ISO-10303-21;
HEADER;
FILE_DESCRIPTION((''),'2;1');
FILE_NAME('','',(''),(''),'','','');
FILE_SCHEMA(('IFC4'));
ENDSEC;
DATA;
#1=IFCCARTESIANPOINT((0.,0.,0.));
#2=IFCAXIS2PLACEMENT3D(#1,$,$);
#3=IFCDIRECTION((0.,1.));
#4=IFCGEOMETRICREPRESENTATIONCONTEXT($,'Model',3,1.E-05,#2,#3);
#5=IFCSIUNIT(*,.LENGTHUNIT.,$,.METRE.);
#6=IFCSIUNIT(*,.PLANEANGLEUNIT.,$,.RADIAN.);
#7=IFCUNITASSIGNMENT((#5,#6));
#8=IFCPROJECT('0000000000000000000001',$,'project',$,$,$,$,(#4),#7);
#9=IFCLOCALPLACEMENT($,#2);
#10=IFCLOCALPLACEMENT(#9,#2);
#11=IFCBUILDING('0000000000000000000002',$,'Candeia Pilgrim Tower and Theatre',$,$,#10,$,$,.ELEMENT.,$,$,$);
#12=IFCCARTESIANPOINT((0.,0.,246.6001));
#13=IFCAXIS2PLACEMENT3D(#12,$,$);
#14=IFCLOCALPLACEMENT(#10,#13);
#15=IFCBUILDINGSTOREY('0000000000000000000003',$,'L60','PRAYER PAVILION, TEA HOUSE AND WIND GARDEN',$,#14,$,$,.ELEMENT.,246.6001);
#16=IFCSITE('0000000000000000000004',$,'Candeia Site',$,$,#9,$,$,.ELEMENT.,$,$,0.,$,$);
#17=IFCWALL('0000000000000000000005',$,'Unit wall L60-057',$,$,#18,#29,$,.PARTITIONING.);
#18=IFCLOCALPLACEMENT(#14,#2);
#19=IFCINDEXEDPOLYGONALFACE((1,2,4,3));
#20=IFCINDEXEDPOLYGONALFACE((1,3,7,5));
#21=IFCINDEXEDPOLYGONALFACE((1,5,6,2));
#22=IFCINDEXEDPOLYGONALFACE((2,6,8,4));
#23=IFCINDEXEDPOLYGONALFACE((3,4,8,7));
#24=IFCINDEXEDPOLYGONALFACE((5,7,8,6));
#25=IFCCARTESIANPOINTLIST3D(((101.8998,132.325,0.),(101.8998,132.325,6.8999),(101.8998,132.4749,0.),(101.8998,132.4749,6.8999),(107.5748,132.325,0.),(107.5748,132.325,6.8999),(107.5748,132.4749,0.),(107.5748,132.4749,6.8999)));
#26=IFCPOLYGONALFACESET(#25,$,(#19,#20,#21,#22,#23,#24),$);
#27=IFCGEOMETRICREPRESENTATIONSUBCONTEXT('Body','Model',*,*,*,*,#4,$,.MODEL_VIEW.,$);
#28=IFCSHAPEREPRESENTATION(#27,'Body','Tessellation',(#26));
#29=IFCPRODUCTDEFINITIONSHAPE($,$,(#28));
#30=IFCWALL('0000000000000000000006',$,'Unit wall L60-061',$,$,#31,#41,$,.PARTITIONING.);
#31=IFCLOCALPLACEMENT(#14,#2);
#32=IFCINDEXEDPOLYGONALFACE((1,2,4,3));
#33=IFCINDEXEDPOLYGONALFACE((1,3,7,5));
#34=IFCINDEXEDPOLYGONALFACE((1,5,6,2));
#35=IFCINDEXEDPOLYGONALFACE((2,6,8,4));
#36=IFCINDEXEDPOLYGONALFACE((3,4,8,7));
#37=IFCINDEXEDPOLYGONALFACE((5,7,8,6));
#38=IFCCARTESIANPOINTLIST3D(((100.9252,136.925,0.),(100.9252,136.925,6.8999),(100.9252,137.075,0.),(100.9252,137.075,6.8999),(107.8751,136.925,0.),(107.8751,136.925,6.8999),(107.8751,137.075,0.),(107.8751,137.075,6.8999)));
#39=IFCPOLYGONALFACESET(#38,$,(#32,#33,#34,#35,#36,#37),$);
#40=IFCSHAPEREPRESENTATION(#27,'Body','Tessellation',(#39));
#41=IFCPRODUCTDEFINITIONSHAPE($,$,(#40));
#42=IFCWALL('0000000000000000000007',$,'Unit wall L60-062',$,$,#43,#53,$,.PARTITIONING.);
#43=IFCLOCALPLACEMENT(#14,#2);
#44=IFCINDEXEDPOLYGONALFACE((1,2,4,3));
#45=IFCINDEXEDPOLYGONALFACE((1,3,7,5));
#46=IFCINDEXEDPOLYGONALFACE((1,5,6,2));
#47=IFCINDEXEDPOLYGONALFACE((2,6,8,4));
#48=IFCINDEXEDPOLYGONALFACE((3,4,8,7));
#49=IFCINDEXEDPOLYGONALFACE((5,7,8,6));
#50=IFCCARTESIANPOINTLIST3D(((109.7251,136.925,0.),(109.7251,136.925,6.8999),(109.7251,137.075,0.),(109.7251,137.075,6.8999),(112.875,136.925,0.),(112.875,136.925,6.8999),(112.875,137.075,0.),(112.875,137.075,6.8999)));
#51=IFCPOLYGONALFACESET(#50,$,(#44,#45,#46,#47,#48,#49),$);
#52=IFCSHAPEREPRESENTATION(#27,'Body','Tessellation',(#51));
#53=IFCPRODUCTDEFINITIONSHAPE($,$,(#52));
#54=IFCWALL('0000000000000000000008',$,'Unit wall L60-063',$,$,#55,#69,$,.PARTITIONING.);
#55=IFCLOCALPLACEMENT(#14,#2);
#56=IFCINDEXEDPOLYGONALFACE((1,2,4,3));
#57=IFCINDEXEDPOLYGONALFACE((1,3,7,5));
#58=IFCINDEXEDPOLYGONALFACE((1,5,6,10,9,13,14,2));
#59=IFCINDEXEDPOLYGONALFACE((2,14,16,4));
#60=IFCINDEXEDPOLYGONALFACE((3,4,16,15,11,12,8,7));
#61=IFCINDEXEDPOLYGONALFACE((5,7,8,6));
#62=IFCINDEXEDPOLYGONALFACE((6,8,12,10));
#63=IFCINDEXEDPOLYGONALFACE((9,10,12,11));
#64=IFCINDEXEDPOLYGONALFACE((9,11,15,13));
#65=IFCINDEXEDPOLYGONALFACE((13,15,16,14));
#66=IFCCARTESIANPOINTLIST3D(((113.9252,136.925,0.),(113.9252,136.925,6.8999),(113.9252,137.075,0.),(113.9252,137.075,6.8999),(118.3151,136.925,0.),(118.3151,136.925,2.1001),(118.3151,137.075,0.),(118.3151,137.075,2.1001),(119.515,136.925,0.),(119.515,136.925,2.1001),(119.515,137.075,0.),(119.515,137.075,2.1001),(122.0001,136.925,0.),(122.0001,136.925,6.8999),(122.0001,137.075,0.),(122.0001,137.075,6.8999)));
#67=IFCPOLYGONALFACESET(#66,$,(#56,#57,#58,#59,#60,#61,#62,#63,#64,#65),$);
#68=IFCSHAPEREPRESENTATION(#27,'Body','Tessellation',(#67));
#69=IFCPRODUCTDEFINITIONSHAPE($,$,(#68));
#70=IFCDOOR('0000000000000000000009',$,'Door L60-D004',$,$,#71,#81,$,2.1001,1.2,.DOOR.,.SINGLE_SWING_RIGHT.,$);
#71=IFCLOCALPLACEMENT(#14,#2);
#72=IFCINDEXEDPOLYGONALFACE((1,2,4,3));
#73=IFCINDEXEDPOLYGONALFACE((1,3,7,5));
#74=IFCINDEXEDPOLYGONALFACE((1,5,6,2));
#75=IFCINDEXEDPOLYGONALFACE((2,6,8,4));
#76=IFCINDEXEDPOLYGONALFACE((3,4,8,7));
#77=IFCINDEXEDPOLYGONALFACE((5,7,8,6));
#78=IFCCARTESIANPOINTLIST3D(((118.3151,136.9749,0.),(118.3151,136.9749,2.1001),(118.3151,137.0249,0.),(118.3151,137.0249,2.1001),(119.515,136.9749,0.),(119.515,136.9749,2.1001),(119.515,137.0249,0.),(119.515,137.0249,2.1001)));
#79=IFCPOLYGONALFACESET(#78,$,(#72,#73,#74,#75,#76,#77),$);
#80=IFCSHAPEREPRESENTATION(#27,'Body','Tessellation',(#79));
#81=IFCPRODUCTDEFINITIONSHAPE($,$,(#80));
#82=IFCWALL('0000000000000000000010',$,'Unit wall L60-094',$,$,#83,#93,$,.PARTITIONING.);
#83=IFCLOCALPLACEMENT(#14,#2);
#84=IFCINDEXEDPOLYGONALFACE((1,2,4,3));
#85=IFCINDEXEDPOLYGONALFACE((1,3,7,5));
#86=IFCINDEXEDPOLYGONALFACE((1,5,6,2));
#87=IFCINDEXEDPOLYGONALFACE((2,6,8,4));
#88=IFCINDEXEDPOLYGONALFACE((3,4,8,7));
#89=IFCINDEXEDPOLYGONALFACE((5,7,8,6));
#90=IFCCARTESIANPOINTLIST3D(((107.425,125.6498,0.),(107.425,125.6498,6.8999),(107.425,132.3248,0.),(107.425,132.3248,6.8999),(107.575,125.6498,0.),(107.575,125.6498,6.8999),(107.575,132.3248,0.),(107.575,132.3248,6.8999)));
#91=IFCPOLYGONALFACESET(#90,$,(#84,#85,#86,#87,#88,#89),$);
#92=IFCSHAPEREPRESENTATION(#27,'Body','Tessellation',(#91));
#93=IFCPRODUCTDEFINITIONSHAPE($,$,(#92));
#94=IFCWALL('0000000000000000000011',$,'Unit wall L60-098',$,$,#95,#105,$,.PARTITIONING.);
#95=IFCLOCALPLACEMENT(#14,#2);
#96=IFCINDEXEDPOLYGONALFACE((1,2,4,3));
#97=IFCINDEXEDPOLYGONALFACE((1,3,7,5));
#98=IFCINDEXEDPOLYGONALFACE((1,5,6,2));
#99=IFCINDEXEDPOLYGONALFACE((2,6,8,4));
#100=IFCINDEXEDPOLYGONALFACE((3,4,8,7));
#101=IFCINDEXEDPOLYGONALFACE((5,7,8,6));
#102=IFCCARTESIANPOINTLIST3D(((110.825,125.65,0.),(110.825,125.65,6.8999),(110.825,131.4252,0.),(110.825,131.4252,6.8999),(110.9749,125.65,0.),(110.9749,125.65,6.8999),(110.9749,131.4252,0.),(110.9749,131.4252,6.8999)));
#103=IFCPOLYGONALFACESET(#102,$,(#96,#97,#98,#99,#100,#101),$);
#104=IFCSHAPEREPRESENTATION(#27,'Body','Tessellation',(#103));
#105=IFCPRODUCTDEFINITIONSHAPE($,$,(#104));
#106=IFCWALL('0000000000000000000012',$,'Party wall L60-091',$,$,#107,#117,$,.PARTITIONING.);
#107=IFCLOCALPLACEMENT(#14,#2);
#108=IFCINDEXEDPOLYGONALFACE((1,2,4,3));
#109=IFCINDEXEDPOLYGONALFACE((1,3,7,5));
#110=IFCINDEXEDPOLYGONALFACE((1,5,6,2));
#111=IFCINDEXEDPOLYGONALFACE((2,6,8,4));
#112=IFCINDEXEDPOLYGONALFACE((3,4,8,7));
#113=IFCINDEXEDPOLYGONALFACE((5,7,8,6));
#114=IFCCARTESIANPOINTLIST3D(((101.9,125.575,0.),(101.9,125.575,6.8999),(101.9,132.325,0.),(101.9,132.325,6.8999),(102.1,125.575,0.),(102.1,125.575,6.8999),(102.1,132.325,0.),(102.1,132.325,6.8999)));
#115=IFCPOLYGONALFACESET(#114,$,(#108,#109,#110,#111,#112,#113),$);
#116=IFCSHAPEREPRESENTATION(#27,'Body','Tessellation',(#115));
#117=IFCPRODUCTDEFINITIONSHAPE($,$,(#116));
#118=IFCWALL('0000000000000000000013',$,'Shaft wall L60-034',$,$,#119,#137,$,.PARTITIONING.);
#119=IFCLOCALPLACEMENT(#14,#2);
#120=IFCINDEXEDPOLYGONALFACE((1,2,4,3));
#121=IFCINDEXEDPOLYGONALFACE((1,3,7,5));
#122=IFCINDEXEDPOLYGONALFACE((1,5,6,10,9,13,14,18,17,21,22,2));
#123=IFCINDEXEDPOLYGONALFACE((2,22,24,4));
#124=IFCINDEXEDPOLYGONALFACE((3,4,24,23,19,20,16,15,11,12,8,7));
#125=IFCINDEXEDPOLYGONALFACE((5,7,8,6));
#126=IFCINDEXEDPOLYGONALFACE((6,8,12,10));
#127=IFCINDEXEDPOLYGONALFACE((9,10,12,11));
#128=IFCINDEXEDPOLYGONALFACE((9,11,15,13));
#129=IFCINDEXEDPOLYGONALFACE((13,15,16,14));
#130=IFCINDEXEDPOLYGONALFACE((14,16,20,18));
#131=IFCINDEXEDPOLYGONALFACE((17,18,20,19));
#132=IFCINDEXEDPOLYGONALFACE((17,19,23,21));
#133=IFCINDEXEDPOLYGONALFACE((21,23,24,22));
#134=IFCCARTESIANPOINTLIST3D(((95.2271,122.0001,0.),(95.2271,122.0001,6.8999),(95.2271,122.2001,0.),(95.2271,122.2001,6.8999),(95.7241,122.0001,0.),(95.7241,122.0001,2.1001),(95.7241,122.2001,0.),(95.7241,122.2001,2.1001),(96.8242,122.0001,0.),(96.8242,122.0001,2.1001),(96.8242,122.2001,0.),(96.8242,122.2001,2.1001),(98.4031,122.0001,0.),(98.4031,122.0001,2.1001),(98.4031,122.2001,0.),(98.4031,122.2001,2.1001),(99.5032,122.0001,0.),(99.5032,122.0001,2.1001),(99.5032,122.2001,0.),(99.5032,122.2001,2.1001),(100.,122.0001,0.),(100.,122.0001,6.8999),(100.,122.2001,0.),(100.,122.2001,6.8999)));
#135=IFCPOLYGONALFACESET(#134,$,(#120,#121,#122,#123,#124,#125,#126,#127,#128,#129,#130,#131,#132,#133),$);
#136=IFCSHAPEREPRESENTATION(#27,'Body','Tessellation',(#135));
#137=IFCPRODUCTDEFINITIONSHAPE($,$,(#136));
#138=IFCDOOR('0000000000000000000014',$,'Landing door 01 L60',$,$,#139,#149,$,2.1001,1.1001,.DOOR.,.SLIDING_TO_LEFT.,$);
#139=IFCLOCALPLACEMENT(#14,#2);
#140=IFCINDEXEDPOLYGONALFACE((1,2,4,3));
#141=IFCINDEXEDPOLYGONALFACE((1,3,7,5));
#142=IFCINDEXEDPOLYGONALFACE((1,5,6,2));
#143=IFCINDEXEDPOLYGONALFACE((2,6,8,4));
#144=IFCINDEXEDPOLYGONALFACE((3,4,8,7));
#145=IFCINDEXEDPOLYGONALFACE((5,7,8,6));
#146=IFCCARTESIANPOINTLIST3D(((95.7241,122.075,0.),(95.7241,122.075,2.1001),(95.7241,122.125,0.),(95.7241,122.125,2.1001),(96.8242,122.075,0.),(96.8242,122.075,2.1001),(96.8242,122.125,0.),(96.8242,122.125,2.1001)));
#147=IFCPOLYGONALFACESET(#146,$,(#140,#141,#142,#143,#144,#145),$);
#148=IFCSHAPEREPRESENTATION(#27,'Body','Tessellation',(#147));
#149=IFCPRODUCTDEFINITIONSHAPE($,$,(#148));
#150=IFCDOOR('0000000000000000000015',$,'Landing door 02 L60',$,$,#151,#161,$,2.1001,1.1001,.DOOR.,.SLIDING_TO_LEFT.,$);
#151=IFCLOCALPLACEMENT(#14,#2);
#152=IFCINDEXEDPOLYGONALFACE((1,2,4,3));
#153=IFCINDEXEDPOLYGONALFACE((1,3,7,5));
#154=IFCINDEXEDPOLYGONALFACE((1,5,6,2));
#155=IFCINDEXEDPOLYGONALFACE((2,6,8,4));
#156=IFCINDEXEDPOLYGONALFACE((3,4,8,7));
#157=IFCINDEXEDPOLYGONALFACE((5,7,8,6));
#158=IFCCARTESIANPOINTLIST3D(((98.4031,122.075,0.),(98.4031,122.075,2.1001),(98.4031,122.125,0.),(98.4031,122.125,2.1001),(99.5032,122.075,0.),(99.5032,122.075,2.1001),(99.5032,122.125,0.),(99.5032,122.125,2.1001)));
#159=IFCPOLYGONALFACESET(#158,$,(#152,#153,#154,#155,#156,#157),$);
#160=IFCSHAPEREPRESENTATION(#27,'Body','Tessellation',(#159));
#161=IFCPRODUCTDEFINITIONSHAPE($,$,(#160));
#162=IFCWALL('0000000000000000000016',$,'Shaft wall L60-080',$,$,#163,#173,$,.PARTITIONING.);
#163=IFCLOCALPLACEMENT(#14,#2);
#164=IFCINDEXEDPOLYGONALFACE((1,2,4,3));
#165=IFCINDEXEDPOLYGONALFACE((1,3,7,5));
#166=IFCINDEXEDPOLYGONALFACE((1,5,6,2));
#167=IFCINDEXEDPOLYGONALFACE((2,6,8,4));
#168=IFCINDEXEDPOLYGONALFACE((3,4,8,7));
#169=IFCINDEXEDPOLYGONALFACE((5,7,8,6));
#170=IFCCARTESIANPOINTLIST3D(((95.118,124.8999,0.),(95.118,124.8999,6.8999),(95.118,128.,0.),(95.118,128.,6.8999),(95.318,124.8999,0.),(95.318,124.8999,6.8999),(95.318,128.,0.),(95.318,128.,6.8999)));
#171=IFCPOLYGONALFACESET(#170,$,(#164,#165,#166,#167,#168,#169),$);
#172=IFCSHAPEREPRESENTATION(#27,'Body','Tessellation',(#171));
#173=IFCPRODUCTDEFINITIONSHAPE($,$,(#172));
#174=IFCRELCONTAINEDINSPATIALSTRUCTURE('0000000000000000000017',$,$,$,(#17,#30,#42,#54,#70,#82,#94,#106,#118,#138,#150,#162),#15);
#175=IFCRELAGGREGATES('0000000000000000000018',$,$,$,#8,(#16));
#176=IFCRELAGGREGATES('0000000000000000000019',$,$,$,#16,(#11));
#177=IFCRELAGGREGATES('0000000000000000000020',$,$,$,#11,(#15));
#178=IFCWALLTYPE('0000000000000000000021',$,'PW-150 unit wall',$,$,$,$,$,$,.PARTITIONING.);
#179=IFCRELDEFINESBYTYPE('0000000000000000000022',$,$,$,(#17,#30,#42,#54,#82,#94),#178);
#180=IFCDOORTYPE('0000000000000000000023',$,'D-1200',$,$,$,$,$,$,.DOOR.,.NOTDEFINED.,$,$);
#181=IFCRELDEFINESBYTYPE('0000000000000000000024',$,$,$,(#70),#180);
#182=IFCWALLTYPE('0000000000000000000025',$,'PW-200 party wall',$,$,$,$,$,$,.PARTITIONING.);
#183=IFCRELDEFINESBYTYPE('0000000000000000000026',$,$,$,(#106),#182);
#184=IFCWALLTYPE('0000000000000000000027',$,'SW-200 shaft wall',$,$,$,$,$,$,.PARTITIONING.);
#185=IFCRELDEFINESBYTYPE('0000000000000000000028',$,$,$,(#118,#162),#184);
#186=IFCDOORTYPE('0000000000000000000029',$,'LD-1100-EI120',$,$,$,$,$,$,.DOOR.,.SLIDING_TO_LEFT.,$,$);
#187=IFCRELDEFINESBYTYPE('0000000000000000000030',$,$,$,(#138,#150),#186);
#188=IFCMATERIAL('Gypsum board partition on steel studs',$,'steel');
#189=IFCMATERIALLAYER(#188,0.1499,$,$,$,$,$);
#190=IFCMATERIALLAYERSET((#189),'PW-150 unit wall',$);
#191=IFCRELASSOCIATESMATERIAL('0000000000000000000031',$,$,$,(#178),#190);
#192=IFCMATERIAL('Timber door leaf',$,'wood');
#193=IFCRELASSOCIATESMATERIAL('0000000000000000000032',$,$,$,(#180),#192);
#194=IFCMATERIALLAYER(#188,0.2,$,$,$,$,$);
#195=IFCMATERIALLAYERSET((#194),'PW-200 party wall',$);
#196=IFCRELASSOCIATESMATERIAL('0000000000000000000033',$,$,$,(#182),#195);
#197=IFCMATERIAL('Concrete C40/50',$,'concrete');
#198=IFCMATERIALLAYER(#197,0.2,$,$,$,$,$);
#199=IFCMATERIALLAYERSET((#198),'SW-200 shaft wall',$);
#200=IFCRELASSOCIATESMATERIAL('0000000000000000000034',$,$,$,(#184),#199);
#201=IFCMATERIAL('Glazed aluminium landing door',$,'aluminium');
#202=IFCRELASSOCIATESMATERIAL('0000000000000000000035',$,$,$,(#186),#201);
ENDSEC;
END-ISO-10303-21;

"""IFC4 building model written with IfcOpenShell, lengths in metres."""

from ifc_helpers import new_model, si_unit, direction, frame, frame_2d, origin, place, context, subcontext, project, spatial, rectangle, extrude, material, layer, layer_set, type_object, element, fill, save


model = new_model("IFC4")

# Units and contexts
model_context = context("Model", 3, precision=1e-05, world=origin(), true_north=direction((0.0, 1.0)))
body_context = subcontext(model_context, "Body", "Model", "MODEL_VIEW")
ifc_project = project(units=[si_unit("LENGTHUNIT", "METRE"), si_unit("PLANEANGLEUNIT", "RADIAN")], contexts=[model_context])

# Site, building, storey
site_placement = place(None, origin())
site = spatial("IfcSite", under=ifc_project, at=site_placement, Name="Candeia Site", CompositionType="ELEMENT", RefElevation=0.0)
building_placement = place(site_placement, origin())
building = spatial("IfcBuilding", under=site, at=building_placement, Name="Candeia Pilgrim Tower and Theatre", CompositionType="ELEMENT")
storey_placement = place(building_placement, frame((0.0, 0.0, 246.6001)))
storey = spatial("IfcBuildingStorey", under=building, at=storey_placement, Name="L60", Description="PRAYER PAVILION, TEA HOUSE AND WIND GARDEN", CompositionType="ELEMENT", Elevation=246.6001)

# Shared definitions
ifc_material_1 = material(Name="Gypsum board partition on steel studs", Category="steel")
ifc_layer_1 = layer(ifc_material_1, 0.1499)
ifc_layer_set_1 = layer_set([ifc_layer_1], Name="PW-150 unit wall")
wall_type_1 = type_object("IfcWallType", Name="PW-150 unit wall", PredefinedType="PARTITIONING", material=ifc_layer_set_1)
ifc_material_2 = material(Name="Timber door leaf", Category="wood")

# Walls
wall_1_placement = place(storey_placement, frame((101.8999, 132.3999, 0.0), z_axis=(0.0, 0.0, 1.0), x_axis=(1.0, 0.0, 0.0)))
element("IfcWall", 1, at=wall_1_placement, inside=storey, type_object=wall_type_1, Name="Unit wall L60-057", PredefinedType="PARTITIONING", context=body_context, shape_type="SweptSolid", body=[
    extrude(rectangle(XDim=5.675, YDim=0.1499, at=frame_2d((2.8374, 0.0))), origin(), (0.0, 0.0, 1.0), 6.8999),
])
wall_2_placement = place(storey_placement, frame((100.925, 137.0, 0.0), z_axis=(0.0, 0.0, 1.0), x_axis=(1.0, 0.0, 0.0)))
element("IfcWall", 2, at=wall_2_placement, inside=storey, type_object=wall_type_1, Name="Unit wall L60-061", PredefinedType="PARTITIONING", context=body_context, shape_type="SweptSolid", body=[
    extrude(rectangle(XDim=6.95, YDim=0.1499, at=frame_2d((3.4751, 0.0))), origin(), (0.0, 0.0, 1.0), 6.8999),
])
wall_3_placement = place(storey_placement, frame((109.7251, 137.0, 0.0), z_axis=(0.0, 0.0, 1.0), x_axis=(1.0, 0.0, 0.0)))
element("IfcWall", 3, at=wall_3_placement, inside=storey, type_object=wall_type_1, Name="Unit wall L60-062", PredefinedType="PARTITIONING", context=body_context, shape_type="SweptSolid", body=[
    extrude(rectangle(XDim=3.1499, YDim=0.1499, at=frame_2d((1.575, 0.0))), origin(), (0.0, 0.0, 1.0), 6.8999),
])

# Wall, opening, door
wall_4_placement = place(storey_placement, frame((113.925, 137.0, 0.0), z_axis=(0.0, 0.0, 1.0), x_axis=(1.0, 0.0, 0.0)))
wall_4 = element("IfcWall", 4, at=wall_4_placement, inside=storey, type_object=wall_type_1, Name="Unit wall L60-063", PredefinedType="PARTITIONING", context=body_context, shape_type="SweptSolid", body=[
    extrude(rectangle(XDim=8.075, YDim=0.1499, at=frame_2d((4.0376, 0.0))), origin(), (0.0, 0.0, 1.0), 6.8999),
])
opening_1_placement = place(wall_4_placement, frame((4.3899, 0.0, 0.0)))
opening_1 = element("IfcOpeningElement", 5, at=opening_1_placement, cuts=wall_4, PredefinedType="OPENING", context=body_context, shape_type="SweptSolid", body=[
    extrude(rectangle(XDim=1.2, YDim=2.1001, at=frame_2d((0.6001, 1.05))), frame((0.0, 0.085, 0.0), z_axis=(0.0, -1.0, 0.0), x_axis=(1.0, 0.0, 0.0)), (0.0, 0.0, 1.0), 0.1699),
])
door_type_1 = type_object("IfcDoorType", Name="D-1200", OperationType="NOTDEFINED", PredefinedType="DOOR", material=ifc_material_2)
door_1_placement = place(opening_1_placement, origin())
door_1 = element("IfcDoor", 6, at=door_1_placement, inside=storey, type_object=door_type_1, Name="Door L60-D004", OperationType="SINGLE_SWING_RIGHT", OverallHeight=2.1001, OverallWidth=1.2, PredefinedType="DOOR", context=body_context, shape_type="SweptSolid", body=[
    extrude(rectangle(XDim=1.2, YDim=2.1001, at=frame_2d((0.6001, 1.05))), frame((0.0, 0.0249, 0.0), z_axis=(0.0, -1.0, 0.0), x_axis=(1.0, 0.0, 0.0)), (0.0, 0.0, 1.0), 0.05),
])
fill(opening_1, door_1)

# Walls
wall_5_placement = place(storey_placement, frame((107.5, 125.6499, 0.0), z_axis=(0.0, 0.0, 1.0), x_axis=(0.0, 1.0, 0.0)))
element("IfcWall", 7, at=wall_5_placement, inside=storey, type_object=wall_type_1, Name="Unit wall L60-094", PredefinedType="PARTITIONING", context=body_context, shape_type="SweptSolid", body=[
    extrude(rectangle(XDim=6.675, YDim=0.1499, at=frame_2d((3.3374, 0.0))), origin(), (0.0, 0.0, 1.0), 6.8999),
])
wall_6_placement = place(storey_placement, frame((110.8999, 125.6499, 0.0), z_axis=(0.0, 0.0, 1.0), x_axis=(0.0, 1.0, 0.0)))
element("IfcWall", 8, at=wall_6_placement, inside=storey, type_object=wall_type_1, Name="Unit wall L60-098", PredefinedType="PARTITIONING", context=body_context, shape_type="SweptSolid", body=[
    extrude(rectangle(XDim=5.7751, YDim=0.1499, at=frame_2d((2.8877, 0.0))), origin(), (0.0, 0.0, 1.0), 6.8999),
])
ifc_layer_2 = layer(ifc_material_1, 0.2)
ifc_layer_set_2 = layer_set([ifc_layer_2], Name="PW-200 party wall")
wall_type_2 = type_object("IfcWallType", Name="PW-200 party wall", PredefinedType="PARTITIONING", material=ifc_layer_set_2)
wall_7_placement = place(storey_placement, frame((102.0, 125.575, 0.0), z_axis=(0.0, 0.0, 1.0), x_axis=(0.0, 1.0, 0.0)))
element("IfcWall", 9, at=wall_7_placement, inside=storey, type_object=wall_type_2, Name="Party wall L60-091", PredefinedType="PARTITIONING", context=body_context, shape_type="SweptSolid", body=[
    extrude(rectangle(XDim=6.75, YDim=0.2, at=frame_2d((3.375, 0.0))), origin(), (0.0, 0.0, 1.0), 6.8999),
])

# Wall, openings, doors
ifc_material_3 = material(Name="Concrete C40/50", Category="concrete")
ifc_layer_3 = layer(ifc_material_3, 0.2)
ifc_layer_set_3 = layer_set([ifc_layer_3], Name="SW-200 shaft wall")
wall_type_3 = type_object("IfcWallType", Name="SW-200 shaft wall", PredefinedType="PARTITIONING", material=ifc_layer_set_3)
wall_8_placement = place(storey_placement, frame((95.2271, 122.1001, 0.0), z_axis=(0.0, 0.0, 1.0), x_axis=(1.0, 0.0, 0.0)))
wall_8 = element("IfcWall", 10, at=wall_8_placement, inside=storey, type_object=wall_type_3, Name="Shaft wall L60-034", PredefinedType="PARTITIONING", context=body_context, shape_type="SweptSolid", body=[
    extrude(rectangle(XDim=4.7729, YDim=0.2, at=frame_2d((2.3865, 0.0))), origin(), (0.0, 0.0, 1.0), 6.8999),
])
opening_2_placement = place(wall_8_placement, frame((0.4971, 0.0, 0.0)))
opening_2 = element("IfcOpeningElement", 11, at=opening_2_placement, cuts=wall_8, PredefinedType="OPENING", context=body_context, shape_type="SweptSolid", body=[
    extrude(rectangle(XDim=1.1001, YDim=2.1001, at=frame_2d((0.55, 1.05))), frame((0.0, 0.1099, 0.0), z_axis=(0.0, -1.0, 0.0), x_axis=(1.0, 0.0, 0.0)), (0.0, 0.0, 1.0), 0.22),
])
opening_3_placement = place(wall_8_placement, frame((3.176, 0.0, 0.0)))
opening_3 = element("IfcOpeningElement", 12, at=opening_3_placement, cuts=wall_8, PredefinedType="OPENING", context=body_context, shape_type="SweptSolid", body=[
    extrude(rectangle(XDim=1.1001, YDim=2.1001, at=frame_2d((0.55, 1.05))), frame((0.0, 0.1099, 0.0), z_axis=(0.0, -1.0, 0.0), x_axis=(1.0, 0.0, 0.0)), (0.0, 0.0, 1.0), 0.22),
])
ifc_material_4 = material(Name="Glazed aluminium landing door", Category="aluminium")
door_type_2 = type_object("IfcDoorType", Name="LD-1100-EI120", OperationType="SLIDING_TO_LEFT", PredefinedType="DOOR", material=ifc_material_4)
door_2_placement = place(opening_2_placement, origin())
door_2 = element("IfcDoor", 13, at=door_2_placement, inside=storey, type_object=door_type_2, Name="Landing door 01 L60", OperationType="SLIDING_TO_LEFT", OverallHeight=2.1001, OverallWidth=1.1001, PredefinedType="DOOR", context=body_context, shape_type="SweptSolid", body=[
    extrude(rectangle(XDim=1.1001, YDim=2.1001, at=frame_2d((0.55, 1.05))), frame((0.0, 0.0249, 0.0), z_axis=(0.0, -1.0, 0.0), x_axis=(1.0, 0.0, 0.0)), (0.0, 0.0, 1.0), 0.05),
])
fill(opening_2, door_2)
door_3_placement = place(opening_3_placement, origin())
door_3 = element("IfcDoor", 14, at=door_3_placement, inside=storey, type_object=door_type_2, Name="Landing door 02 L60", OperationType="SLIDING_TO_LEFT", OverallHeight=2.1001, OverallWidth=1.1001, PredefinedType="DOOR", context=body_context, shape_type="SweptSolid", body=[
    extrude(rectangle(XDim=1.1001, YDim=2.1001, at=frame_2d((0.55, 1.05))), frame((0.0, 0.0249, 0.0), z_axis=(0.0, -1.0, 0.0), x_axis=(1.0, 0.0, 0.0)), (0.0, 0.0, 1.0), 0.05),
])
fill(opening_3, door_3)

# Wall
for number, where, z_axis, x_axis, name in (
    (15, (95.218, 124.8999, 0.0), (0.0, 0.0, 1.0), (0.0, 1.0, 0.0), "Shaft wall L60-080"),
):
    element("IfcWall", number, at=place(storey_placement, frame(where, z_axis=z_axis, x_axis=x_axis)), inside=storey, type_object=wall_type_3, Name=name, PredefinedType="PARTITIONING", context=body_context, shape_type="SweptSolid", body=[
        extrude(rectangle(XDim=3.1001, YDim=0.2, at=frame_2d((1.55, 0.0))), origin(), (0.0, 0.0, 1.0), 6.8999),
    ])

save(model, "model.ifc")
